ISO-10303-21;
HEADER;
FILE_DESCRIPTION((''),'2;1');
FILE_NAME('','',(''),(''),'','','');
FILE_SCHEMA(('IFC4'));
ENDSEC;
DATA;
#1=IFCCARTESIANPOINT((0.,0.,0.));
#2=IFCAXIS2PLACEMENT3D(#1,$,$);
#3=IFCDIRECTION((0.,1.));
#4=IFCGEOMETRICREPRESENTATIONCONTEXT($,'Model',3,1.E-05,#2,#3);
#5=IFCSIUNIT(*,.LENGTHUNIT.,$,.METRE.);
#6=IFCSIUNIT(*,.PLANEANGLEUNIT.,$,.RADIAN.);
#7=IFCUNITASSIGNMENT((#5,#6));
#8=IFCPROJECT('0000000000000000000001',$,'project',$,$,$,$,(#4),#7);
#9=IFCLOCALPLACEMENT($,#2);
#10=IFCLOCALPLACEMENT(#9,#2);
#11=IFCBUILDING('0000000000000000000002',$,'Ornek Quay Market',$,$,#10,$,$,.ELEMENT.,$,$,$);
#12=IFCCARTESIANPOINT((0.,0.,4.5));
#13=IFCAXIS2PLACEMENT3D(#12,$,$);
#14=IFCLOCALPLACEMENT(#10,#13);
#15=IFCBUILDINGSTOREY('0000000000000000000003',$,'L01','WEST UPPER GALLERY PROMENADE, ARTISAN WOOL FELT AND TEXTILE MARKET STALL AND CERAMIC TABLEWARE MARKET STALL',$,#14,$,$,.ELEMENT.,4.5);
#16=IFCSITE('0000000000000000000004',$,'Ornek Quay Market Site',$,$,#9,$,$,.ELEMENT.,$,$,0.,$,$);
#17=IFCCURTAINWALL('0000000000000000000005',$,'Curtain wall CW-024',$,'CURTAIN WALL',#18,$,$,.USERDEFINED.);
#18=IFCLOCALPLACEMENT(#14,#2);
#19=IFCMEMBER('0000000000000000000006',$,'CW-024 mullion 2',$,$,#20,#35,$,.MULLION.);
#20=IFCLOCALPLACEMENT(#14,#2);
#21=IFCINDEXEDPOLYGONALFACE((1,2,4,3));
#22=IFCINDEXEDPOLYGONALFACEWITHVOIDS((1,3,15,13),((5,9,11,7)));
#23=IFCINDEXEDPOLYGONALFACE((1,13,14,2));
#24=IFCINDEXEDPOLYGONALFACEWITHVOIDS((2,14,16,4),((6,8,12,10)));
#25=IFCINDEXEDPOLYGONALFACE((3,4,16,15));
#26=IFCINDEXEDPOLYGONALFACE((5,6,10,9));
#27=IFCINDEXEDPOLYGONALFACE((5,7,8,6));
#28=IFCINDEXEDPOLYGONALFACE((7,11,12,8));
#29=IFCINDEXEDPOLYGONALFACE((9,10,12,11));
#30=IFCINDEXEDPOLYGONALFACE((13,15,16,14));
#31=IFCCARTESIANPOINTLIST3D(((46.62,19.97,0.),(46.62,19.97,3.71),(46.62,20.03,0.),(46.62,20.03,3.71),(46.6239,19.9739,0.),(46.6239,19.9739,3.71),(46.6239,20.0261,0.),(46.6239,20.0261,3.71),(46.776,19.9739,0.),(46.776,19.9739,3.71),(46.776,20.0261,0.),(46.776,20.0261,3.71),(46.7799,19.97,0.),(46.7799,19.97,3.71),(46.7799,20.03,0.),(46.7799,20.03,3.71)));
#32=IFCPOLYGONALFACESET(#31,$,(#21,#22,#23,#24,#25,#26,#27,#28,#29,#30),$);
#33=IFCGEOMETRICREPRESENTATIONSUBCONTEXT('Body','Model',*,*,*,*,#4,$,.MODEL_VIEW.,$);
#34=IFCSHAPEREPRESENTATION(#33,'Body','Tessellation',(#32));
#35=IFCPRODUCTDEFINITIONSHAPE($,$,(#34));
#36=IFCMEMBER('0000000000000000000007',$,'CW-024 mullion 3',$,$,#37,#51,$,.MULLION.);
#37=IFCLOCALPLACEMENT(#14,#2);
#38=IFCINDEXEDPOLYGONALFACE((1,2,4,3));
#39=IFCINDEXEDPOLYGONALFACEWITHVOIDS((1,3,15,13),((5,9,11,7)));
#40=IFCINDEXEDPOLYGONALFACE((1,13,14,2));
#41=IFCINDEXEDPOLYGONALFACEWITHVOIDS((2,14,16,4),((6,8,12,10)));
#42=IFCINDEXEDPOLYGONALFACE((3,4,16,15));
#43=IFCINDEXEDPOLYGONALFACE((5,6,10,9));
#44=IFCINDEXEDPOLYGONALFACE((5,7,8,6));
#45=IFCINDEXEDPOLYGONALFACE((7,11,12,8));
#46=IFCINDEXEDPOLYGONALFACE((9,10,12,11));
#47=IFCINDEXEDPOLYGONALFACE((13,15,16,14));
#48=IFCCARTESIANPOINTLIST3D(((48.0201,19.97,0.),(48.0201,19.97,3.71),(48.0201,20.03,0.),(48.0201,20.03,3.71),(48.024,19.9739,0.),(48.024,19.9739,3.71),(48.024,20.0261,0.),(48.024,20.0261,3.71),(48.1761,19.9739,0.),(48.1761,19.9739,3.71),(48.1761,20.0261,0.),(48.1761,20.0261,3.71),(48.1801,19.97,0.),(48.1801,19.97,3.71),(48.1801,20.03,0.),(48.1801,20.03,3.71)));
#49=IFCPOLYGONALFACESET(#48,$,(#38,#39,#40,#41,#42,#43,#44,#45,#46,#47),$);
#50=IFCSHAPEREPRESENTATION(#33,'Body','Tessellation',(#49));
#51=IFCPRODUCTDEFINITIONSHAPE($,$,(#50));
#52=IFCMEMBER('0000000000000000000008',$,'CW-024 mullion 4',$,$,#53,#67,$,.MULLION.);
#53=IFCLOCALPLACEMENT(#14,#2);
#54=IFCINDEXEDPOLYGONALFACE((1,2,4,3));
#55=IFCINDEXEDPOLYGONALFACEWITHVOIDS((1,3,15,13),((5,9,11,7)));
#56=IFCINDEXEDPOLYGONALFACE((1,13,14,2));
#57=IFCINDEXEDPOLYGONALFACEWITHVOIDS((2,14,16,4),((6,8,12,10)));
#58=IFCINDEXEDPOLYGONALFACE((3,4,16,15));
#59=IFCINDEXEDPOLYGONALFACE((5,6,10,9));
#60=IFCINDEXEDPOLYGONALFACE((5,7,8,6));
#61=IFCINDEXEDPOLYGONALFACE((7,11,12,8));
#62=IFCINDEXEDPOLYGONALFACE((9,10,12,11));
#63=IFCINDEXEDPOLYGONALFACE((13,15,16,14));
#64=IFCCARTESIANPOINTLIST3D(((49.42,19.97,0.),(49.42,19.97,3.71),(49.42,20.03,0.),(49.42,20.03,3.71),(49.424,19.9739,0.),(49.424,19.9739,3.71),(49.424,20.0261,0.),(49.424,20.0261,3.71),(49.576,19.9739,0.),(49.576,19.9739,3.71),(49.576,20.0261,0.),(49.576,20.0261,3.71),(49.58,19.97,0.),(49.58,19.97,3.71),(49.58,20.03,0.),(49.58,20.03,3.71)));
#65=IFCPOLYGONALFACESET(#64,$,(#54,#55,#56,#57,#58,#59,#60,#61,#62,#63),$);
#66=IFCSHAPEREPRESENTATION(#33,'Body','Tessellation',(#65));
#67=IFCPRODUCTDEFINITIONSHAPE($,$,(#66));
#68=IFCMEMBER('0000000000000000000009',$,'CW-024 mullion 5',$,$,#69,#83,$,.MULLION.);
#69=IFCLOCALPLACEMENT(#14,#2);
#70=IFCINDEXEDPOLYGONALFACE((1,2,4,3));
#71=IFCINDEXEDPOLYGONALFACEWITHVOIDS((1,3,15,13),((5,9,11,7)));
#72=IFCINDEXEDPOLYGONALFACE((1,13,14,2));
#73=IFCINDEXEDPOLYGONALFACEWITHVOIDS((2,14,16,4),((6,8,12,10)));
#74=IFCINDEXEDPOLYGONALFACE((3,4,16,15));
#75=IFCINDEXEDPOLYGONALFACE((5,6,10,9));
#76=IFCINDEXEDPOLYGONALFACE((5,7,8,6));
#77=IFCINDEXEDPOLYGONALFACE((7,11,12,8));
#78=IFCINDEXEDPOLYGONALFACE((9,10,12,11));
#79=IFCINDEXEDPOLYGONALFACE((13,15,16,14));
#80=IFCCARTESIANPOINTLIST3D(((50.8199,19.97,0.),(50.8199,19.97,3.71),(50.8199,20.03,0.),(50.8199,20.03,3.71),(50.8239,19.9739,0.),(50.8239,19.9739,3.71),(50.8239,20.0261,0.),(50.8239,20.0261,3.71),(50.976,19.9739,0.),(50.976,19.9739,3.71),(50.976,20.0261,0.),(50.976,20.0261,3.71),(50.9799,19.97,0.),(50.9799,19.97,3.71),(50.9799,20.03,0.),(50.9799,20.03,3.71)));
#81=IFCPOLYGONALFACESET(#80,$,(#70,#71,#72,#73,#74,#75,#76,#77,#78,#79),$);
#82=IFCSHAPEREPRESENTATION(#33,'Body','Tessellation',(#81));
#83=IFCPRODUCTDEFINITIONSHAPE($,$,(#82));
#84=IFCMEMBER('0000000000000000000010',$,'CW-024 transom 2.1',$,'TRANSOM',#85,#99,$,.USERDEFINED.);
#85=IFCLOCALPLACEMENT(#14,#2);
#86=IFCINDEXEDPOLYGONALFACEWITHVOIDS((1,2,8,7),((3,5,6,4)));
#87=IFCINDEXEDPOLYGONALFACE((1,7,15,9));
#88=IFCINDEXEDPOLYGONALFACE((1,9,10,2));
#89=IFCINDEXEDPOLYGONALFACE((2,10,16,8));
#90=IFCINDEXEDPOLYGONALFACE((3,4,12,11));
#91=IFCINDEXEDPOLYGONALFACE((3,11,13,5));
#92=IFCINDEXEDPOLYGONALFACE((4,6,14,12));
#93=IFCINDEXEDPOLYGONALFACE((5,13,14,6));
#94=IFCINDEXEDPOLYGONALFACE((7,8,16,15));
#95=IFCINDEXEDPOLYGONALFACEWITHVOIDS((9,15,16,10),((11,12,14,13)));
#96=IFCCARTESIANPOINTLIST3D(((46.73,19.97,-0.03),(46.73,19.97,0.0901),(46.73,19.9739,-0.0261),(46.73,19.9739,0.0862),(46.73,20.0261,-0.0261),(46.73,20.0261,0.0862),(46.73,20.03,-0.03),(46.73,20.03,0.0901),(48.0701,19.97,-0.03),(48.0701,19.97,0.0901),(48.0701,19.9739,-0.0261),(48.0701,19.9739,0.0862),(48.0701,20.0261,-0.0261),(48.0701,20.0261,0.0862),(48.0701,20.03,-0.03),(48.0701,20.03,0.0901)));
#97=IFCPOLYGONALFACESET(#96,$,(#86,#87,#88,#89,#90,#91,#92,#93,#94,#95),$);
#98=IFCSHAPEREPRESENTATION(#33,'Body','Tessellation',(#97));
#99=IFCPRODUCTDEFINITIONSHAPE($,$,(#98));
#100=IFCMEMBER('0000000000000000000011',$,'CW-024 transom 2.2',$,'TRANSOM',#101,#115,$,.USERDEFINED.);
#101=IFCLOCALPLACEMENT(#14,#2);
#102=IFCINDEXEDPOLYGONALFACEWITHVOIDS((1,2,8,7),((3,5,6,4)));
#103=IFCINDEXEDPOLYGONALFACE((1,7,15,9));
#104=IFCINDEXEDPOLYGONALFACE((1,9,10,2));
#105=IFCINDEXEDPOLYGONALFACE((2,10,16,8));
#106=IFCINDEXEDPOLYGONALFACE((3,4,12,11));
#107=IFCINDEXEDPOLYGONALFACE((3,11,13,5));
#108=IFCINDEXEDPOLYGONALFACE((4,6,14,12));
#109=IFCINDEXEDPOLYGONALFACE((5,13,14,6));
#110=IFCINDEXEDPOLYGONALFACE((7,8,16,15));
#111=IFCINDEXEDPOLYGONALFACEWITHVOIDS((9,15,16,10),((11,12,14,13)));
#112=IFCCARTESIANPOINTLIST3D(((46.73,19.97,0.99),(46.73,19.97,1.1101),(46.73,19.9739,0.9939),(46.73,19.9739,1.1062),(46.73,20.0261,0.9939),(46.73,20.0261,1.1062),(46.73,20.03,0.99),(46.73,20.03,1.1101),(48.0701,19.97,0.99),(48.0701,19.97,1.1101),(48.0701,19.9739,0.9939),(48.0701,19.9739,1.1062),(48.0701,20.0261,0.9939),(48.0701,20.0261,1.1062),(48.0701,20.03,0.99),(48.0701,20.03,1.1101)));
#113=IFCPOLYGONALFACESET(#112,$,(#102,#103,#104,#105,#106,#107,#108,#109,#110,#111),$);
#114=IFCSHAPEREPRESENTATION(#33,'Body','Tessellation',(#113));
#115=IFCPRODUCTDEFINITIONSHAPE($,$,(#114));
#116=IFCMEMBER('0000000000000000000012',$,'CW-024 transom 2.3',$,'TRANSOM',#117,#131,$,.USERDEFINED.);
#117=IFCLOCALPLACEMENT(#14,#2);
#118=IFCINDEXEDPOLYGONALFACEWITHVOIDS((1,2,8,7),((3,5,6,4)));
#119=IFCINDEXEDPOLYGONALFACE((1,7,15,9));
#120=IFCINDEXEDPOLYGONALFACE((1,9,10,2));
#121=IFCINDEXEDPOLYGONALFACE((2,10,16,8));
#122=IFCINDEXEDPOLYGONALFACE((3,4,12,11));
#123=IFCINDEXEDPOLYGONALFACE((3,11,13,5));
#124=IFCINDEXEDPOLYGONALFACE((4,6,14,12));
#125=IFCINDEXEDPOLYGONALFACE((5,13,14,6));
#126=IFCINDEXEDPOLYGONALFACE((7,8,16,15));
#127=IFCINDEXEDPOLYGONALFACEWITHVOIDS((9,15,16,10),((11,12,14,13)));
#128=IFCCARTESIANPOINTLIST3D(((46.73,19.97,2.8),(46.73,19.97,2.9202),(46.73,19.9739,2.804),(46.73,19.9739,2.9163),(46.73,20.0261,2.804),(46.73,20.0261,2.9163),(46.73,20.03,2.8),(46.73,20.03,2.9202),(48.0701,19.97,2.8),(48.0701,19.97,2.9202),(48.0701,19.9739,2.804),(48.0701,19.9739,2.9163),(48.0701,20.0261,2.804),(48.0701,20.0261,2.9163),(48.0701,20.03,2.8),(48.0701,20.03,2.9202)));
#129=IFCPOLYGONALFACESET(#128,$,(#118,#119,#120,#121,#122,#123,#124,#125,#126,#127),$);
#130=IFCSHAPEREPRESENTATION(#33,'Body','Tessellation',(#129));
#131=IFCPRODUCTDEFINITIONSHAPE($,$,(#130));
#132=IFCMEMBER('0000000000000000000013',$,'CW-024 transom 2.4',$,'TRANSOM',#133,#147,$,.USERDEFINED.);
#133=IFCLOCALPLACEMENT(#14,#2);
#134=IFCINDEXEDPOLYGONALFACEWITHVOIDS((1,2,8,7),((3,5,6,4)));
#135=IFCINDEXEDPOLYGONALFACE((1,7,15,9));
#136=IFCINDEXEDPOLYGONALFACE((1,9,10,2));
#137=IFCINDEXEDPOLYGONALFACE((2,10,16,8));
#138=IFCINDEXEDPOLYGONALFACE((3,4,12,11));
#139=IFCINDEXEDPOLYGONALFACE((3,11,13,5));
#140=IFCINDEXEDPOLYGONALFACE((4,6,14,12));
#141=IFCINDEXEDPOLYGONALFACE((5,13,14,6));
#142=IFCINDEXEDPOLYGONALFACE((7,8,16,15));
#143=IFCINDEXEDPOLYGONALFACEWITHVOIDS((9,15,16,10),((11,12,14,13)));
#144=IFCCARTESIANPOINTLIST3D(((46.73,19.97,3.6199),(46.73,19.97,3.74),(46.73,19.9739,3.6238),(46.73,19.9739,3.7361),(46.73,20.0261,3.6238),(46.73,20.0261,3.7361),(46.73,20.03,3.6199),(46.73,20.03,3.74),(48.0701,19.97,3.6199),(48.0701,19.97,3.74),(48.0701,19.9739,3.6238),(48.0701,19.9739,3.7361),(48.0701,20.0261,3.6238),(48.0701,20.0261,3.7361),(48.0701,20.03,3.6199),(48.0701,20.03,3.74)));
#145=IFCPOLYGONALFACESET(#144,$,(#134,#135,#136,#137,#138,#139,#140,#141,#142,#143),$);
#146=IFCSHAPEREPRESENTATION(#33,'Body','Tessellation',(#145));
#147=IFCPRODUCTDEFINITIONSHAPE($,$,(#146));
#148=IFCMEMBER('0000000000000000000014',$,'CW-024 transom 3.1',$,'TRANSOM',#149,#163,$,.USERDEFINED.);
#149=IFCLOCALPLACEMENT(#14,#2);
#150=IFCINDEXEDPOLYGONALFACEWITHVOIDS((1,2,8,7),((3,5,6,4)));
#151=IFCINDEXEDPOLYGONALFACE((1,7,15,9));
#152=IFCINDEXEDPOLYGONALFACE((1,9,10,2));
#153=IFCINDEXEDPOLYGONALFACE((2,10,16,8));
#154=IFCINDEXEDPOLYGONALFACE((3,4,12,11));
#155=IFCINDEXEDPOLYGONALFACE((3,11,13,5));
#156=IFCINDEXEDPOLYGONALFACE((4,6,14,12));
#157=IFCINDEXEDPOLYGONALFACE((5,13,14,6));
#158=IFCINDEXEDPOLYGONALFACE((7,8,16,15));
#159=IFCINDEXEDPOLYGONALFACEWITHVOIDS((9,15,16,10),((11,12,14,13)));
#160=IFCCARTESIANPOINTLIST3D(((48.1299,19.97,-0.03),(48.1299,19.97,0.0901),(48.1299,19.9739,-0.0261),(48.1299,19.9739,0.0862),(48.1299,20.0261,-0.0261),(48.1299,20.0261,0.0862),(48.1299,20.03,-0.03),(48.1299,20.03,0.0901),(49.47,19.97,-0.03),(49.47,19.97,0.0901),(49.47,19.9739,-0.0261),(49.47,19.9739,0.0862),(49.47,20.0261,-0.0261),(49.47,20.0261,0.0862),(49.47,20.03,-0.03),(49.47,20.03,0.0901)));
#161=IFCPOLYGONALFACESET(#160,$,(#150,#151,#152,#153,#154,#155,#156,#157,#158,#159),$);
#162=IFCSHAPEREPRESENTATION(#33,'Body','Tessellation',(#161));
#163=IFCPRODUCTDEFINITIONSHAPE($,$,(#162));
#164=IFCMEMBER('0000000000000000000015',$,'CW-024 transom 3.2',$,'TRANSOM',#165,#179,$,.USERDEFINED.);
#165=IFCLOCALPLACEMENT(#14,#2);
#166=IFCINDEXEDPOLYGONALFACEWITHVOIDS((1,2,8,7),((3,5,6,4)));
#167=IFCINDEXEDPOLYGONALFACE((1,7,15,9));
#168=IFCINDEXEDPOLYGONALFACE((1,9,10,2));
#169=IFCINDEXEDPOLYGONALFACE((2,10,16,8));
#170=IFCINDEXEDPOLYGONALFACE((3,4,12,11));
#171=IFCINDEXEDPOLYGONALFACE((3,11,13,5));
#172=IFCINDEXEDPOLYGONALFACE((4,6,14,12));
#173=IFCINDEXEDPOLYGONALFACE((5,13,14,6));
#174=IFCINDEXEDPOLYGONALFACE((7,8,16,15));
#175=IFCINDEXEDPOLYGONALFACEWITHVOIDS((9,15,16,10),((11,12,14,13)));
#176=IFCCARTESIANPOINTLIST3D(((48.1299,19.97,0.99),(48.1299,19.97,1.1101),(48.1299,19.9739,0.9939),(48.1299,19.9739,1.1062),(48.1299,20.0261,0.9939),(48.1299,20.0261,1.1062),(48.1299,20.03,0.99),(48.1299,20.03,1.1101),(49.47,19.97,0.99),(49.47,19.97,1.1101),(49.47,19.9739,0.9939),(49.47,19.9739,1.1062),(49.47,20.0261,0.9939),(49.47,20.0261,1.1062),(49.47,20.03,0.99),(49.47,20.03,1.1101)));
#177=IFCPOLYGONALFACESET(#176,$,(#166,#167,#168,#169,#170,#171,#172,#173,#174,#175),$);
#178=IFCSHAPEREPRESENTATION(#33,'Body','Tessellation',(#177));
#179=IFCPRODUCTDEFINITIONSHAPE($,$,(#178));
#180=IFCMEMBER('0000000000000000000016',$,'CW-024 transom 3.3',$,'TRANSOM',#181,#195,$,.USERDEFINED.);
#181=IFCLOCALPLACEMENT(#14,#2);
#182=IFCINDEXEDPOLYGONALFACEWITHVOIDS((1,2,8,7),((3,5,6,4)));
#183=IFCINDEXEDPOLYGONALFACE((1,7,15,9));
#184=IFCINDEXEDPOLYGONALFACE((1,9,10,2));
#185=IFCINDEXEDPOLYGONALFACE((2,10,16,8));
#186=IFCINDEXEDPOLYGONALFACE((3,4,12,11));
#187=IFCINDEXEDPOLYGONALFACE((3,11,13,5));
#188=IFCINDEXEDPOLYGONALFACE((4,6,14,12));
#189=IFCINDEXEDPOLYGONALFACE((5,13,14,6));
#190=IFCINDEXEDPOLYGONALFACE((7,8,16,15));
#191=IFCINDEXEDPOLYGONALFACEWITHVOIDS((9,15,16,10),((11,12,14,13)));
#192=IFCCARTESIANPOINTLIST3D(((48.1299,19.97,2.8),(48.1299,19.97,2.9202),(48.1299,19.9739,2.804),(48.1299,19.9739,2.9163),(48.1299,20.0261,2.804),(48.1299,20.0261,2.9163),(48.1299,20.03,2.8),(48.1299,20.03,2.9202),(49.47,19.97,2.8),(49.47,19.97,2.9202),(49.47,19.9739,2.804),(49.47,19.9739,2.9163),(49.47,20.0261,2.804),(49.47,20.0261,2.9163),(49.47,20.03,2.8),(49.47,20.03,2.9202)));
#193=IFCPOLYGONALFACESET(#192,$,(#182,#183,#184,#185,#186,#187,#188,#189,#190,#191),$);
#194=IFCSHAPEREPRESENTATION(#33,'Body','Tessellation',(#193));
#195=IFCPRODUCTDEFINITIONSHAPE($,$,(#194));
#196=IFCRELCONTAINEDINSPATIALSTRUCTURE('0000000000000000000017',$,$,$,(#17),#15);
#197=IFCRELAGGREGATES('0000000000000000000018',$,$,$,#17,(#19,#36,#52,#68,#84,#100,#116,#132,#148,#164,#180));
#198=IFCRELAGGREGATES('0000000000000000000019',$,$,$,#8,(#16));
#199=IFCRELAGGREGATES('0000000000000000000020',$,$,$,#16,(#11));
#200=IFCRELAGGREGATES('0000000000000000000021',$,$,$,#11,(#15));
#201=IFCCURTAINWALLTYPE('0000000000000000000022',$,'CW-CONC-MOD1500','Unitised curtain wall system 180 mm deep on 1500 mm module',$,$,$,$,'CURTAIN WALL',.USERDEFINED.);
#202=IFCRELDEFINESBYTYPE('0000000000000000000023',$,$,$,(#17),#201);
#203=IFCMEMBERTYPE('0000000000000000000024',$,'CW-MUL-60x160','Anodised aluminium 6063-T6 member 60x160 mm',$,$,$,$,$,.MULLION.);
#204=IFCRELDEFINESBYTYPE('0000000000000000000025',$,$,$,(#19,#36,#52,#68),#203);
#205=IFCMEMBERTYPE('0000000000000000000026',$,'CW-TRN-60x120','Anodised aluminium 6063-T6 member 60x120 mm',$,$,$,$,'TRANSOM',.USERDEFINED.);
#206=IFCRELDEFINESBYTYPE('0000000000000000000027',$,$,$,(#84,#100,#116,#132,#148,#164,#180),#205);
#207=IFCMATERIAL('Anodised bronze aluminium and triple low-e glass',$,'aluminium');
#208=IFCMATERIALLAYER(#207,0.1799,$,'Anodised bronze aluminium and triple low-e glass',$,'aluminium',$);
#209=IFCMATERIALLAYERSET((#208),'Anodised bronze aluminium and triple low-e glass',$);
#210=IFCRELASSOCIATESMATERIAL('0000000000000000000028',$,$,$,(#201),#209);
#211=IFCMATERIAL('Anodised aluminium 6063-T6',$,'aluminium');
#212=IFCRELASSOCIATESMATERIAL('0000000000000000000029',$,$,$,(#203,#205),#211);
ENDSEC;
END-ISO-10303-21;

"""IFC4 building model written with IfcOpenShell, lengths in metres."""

from ifc_helpers import new_model, si_unit, direction, frame, origin, origin_2d, place, context, subcontext, project, spatial, hollow_rectangle, extrude, material, layer, layer_set, material_profile, profile_set, type_object, element, aggregate, save


model = new_model("IFC4")

# Units and contexts
model_context = context("Model", 3, precision=1e-05, world=origin(), true_north=direction((0.0, 1.0)))
body_context = subcontext(model_context, "Body", "Model", "MODEL_VIEW")
ifc_project = project(units=[si_unit("LENGTHUNIT", "METRE"), si_unit("PLANEANGLEUNIT", "RADIAN")], contexts=[model_context])

# Site, building, storey
site_placement = place(None, origin())
site = spatial("IfcSite", under=ifc_project, at=site_placement, Name="Ornek Quay Market Site", CompositionType="ELEMENT", RefElevation=0.0)
building_placement = place(site_placement, origin())
building = spatial("IfcBuilding", under=site, at=building_placement, Name="Ornek Quay Market", CompositionType="ELEMENT")
storey_placement = place(building_placement, frame((0.0, 0.0, 4.5)))
storey = spatial("IfcBuildingStorey", under=building, at=storey_placement, Name="L01", Description="WEST UPPER GALLERY PROMENADE, ARTISAN WOOL FELT AND TEXTILE MARKET STALL AND CERAMIC TABLEWARE MARKET STALL", CompositionType="ELEMENT", Elevation=4.5)

# Curtain wall, members
ifc_material_1 = material(Name="Anodised bronze aluminium and triple low-e glass", Category="aluminium")
ifc_layer_1 = layer(ifc_material_1, 0.1799, Name="Anodised bronze aluminium and triple low-e glass", Category="aluminium")
ifc_layer_set_1 = layer_set([ifc_layer_1], Name="Anodised bronze aluminium and triple low-e glass")
curtain_wall_type = type_object("IfcCurtainWallType", Name="CW-CONC-MOD1500", Description="Unitised curtain wall system 180 mm deep on 1500 mm module", ElementType="CURTAIN WALL", PredefinedType="USERDEFINED", material=ifc_layer_set_1)
curtain_wall_placement = place(storey_placement, origin())
curtain_wall = element("IfcCurtainWall", 1, at=curtain_wall_placement, inside=storey, type_object=curtain_wall_type, Name="Curtain wall CW-024", ObjectType="CURTAIN WALL", PredefinedType="USERDEFINED")
ifc_material_2 = material(Name="Anodised aluminium 6063-T6", Category="aluminium")
ifc_material_profile_1 = material_profile(ifc_material_2, hollow_rectangle(XDim=0.0601, YDim=0.1599, WallThickness=0.0039, at=origin_2d()), Name="CW-MUL-60x160", Category="aluminium")
ifc_profile_set_1 = profile_set([ifc_material_profile_1], Name="Anodised aluminium 6063-T6")
member_type_1 = type_object("IfcMemberType", Name="CW-MUL-60x160", Description="Anodised aluminium 6063-T6 member 60x160 mm", PredefinedType="MULLION", material=ifc_profile_set_1)
member_1_placement = place(storey_placement, frame((46.7, 20.0, 0.0), z_axis=(0.0, 0.0, 1.0), x_axis=(0.0, 1.0, 0.0)))
member_1 = element("IfcMember", 2, at=member_1_placement, type_object=member_type_1, Name="CW-024 mullion 2", PredefinedType="MULLION", context=body_context, shape_type="SweptSolid", body=[
    extrude(hollow_rectangle(XDim=0.0601, YDim=0.1599, WallThickness=0.0039, at=origin_2d()), origin(), (0.0, 0.0, 1.0), 3.71),
])
member_2_placement = place(storey_placement, frame((48.1001, 20.0, 0.0), z_axis=(0.0, 0.0, 1.0), x_axis=(0.0, 1.0, 0.0)))
member_2 = element("IfcMember", 3, at=member_2_placement, type_object=member_type_1, Name="CW-024 mullion 3", PredefinedType="MULLION", context=body_context, shape_type="SweptSolid", body=[
    extrude(hollow_rectangle(XDim=0.0601, YDim=0.1599, WallThickness=0.0039, at=origin_2d()), origin(), (0.0, 0.0, 1.0), 3.71),
])
member_3_placement = place(storey_placement, frame((49.5, 20.0, 0.0), z_axis=(0.0, 0.0, 1.0), x_axis=(0.0, 1.0, 0.0)))
member_3 = element("IfcMember", 4, at=member_3_placement, type_object=member_type_1, Name="CW-024 mullion 4", PredefinedType="MULLION", context=body_context, shape_type="SweptSolid", body=[
    extrude(hollow_rectangle(XDim=0.0601, YDim=0.1599, WallThickness=0.0039, at=origin_2d()), origin(), (0.0, 0.0, 1.0), 3.71),
])
member_4_placement = place(storey_placement, frame((50.8999, 20.0, 0.0), z_axis=(0.0, 0.0, 1.0), x_axis=(0.0, 1.0, 0.0)))
member_4 = element("IfcMember", 5, at=member_4_placement, type_object=member_type_1, Name="CW-024 mullion 5", PredefinedType="MULLION", context=body_context, shape_type="SweptSolid", body=[
    extrude(hollow_rectangle(XDim=0.0601, YDim=0.1599, WallThickness=0.0039, at=origin_2d()), origin(), (0.0, 0.0, 1.0), 3.71),
])
ifc_material_profile_2 = material_profile(ifc_material_2, hollow_rectangle(XDim=0.0601, YDim=0.1201, WallThickness=0.0039, at=origin_2d()), Name="CW-TRN-60x120", Category="aluminium")
ifc_profile_set_2 = profile_set([ifc_material_profile_2], Name="Anodised aluminium 6063-T6")
member_type_2 = type_object("IfcMemberType", Name="CW-TRN-60x120", Description="Anodised aluminium 6063-T6 member 60x120 mm", ElementType="TRANSOM", PredefinedType="USERDEFINED", material=ifc_profile_set_2)
member_5_placement = place(storey_placement, frame((46.73, 20.0, 0.03), z_axis=(1.0, 0.0, 0.0), x_axis=(0.0, 1.0, 0.0)))
member_5 = element("IfcMember", 6, at=member_5_placement, type_object=member_type_2, Name="CW-024 transom 2.1", ObjectType="TRANSOM", PredefinedType="USERDEFINED", context=body_context, shape_type="SweptSolid", body=[
    extrude(hollow_rectangle(XDim=0.0601, YDim=0.1201, WallThickness=0.0039, at=origin_2d()), origin(), (0.0, 0.0, 1.0), 1.3401),
])
member_6_placement = place(storey_placement, frame((46.73, 20.0, 1.05), z_axis=(1.0, 0.0, 0.0), x_axis=(0.0, 1.0, 0.0)))
member_6 = element("IfcMember", 7, at=member_6_placement, type_object=member_type_2, Name="CW-024 transom 2.2", ObjectType="TRANSOM", PredefinedType="USERDEFINED", context=body_context, shape_type="SweptSolid", body=[
    extrude(hollow_rectangle(XDim=0.0601, YDim=0.1201, WallThickness=0.0039, at=origin_2d()), origin(), (0.0, 0.0, 1.0), 1.3401),
])
member_7_placement = place(storey_placement, frame((46.73, 20.0, 2.8601), z_axis=(1.0, 0.0, 0.0), x_axis=(0.0, 1.0, 0.0)))
member_7 = element("IfcMember", 8, at=member_7_placement, type_object=member_type_2, Name="CW-024 transom 2.3", ObjectType="TRANSOM", PredefinedType="USERDEFINED", context=body_context, shape_type="SweptSolid", body=[
    extrude(hollow_rectangle(XDim=0.0601, YDim=0.1201, WallThickness=0.0039, at=origin_2d()), origin(), (0.0, 0.0, 1.0), 1.3401),
])
member_8_placement = place(storey_placement, frame((46.73, 20.0, 3.6799), z_axis=(1.0, 0.0, 0.0), x_axis=(0.0, 1.0, 0.0)))
member_8 = element("IfcMember", 9, at=member_8_placement, type_object=member_type_2, Name="CW-024 transom 2.4", ObjectType="TRANSOM", PredefinedType="USERDEFINED", context=body_context, shape_type="SweptSolid", body=[
    extrude(hollow_rectangle(XDim=0.0601, YDim=0.1201, WallThickness=0.0039, at=origin_2d()), origin(), (0.0, 0.0, 1.0), 1.3401),
])
member_9_placement = place(storey_placement, frame((48.1299, 20.0, 0.03), z_axis=(1.0, 0.0, 0.0), x_axis=(0.0, 1.0, 0.0)))
member_9 = element("IfcMember", 10, at=member_9_placement, type_object=member_type_2, Name="CW-024 transom 3.1", ObjectType="TRANSOM", PredefinedType="USERDEFINED", context=body_context, shape_type="SweptSolid", body=[
    extrude(hollow_rectangle(XDim=0.0601, YDim=0.1201, WallThickness=0.0039, at=origin_2d()), origin(), (0.0, 0.0, 1.0), 1.3401),
])
member_10_placement = place(storey_placement, frame((48.1299, 20.0, 1.05), z_axis=(1.0, 0.0, 0.0), x_axis=(0.0, 1.0, 0.0)))
member_10 = element("IfcMember", 11, at=member_10_placement, type_object=member_type_2, Name="CW-024 transom 3.2", ObjectType="TRANSOM", PredefinedType="USERDEFINED", context=body_context, shape_type="SweptSolid", body=[
    extrude(hollow_rectangle(XDim=0.0601, YDim=0.1201, WallThickness=0.0039, at=origin_2d()), origin(), (0.0, 0.0, 1.0), 1.3401),
])
member_11_placement = place(storey_placement, frame((48.1299, 20.0, 2.8601), z_axis=(1.0, 0.0, 0.0), x_axis=(0.0, 1.0, 0.0)))
member_11 = element("IfcMember", 12, at=member_11_placement, type_object=member_type_2, Name="CW-024 transom 3.3", ObjectType="TRANSOM", PredefinedType="USERDEFINED", context=body_context, shape_type="SweptSolid", body=[
    extrude(hollow_rectangle(XDim=0.0601, YDim=0.1201, WallThickness=0.0039, at=origin_2d()), origin(), (0.0, 0.0, 1.0), 1.3401),
])
aggregate(curtain_wall, [member_1, member_2, member_3, member_4, member_5, member_6, member_7, member_8, member_9, member_10, member_11])

save(model, "model.ifc")
